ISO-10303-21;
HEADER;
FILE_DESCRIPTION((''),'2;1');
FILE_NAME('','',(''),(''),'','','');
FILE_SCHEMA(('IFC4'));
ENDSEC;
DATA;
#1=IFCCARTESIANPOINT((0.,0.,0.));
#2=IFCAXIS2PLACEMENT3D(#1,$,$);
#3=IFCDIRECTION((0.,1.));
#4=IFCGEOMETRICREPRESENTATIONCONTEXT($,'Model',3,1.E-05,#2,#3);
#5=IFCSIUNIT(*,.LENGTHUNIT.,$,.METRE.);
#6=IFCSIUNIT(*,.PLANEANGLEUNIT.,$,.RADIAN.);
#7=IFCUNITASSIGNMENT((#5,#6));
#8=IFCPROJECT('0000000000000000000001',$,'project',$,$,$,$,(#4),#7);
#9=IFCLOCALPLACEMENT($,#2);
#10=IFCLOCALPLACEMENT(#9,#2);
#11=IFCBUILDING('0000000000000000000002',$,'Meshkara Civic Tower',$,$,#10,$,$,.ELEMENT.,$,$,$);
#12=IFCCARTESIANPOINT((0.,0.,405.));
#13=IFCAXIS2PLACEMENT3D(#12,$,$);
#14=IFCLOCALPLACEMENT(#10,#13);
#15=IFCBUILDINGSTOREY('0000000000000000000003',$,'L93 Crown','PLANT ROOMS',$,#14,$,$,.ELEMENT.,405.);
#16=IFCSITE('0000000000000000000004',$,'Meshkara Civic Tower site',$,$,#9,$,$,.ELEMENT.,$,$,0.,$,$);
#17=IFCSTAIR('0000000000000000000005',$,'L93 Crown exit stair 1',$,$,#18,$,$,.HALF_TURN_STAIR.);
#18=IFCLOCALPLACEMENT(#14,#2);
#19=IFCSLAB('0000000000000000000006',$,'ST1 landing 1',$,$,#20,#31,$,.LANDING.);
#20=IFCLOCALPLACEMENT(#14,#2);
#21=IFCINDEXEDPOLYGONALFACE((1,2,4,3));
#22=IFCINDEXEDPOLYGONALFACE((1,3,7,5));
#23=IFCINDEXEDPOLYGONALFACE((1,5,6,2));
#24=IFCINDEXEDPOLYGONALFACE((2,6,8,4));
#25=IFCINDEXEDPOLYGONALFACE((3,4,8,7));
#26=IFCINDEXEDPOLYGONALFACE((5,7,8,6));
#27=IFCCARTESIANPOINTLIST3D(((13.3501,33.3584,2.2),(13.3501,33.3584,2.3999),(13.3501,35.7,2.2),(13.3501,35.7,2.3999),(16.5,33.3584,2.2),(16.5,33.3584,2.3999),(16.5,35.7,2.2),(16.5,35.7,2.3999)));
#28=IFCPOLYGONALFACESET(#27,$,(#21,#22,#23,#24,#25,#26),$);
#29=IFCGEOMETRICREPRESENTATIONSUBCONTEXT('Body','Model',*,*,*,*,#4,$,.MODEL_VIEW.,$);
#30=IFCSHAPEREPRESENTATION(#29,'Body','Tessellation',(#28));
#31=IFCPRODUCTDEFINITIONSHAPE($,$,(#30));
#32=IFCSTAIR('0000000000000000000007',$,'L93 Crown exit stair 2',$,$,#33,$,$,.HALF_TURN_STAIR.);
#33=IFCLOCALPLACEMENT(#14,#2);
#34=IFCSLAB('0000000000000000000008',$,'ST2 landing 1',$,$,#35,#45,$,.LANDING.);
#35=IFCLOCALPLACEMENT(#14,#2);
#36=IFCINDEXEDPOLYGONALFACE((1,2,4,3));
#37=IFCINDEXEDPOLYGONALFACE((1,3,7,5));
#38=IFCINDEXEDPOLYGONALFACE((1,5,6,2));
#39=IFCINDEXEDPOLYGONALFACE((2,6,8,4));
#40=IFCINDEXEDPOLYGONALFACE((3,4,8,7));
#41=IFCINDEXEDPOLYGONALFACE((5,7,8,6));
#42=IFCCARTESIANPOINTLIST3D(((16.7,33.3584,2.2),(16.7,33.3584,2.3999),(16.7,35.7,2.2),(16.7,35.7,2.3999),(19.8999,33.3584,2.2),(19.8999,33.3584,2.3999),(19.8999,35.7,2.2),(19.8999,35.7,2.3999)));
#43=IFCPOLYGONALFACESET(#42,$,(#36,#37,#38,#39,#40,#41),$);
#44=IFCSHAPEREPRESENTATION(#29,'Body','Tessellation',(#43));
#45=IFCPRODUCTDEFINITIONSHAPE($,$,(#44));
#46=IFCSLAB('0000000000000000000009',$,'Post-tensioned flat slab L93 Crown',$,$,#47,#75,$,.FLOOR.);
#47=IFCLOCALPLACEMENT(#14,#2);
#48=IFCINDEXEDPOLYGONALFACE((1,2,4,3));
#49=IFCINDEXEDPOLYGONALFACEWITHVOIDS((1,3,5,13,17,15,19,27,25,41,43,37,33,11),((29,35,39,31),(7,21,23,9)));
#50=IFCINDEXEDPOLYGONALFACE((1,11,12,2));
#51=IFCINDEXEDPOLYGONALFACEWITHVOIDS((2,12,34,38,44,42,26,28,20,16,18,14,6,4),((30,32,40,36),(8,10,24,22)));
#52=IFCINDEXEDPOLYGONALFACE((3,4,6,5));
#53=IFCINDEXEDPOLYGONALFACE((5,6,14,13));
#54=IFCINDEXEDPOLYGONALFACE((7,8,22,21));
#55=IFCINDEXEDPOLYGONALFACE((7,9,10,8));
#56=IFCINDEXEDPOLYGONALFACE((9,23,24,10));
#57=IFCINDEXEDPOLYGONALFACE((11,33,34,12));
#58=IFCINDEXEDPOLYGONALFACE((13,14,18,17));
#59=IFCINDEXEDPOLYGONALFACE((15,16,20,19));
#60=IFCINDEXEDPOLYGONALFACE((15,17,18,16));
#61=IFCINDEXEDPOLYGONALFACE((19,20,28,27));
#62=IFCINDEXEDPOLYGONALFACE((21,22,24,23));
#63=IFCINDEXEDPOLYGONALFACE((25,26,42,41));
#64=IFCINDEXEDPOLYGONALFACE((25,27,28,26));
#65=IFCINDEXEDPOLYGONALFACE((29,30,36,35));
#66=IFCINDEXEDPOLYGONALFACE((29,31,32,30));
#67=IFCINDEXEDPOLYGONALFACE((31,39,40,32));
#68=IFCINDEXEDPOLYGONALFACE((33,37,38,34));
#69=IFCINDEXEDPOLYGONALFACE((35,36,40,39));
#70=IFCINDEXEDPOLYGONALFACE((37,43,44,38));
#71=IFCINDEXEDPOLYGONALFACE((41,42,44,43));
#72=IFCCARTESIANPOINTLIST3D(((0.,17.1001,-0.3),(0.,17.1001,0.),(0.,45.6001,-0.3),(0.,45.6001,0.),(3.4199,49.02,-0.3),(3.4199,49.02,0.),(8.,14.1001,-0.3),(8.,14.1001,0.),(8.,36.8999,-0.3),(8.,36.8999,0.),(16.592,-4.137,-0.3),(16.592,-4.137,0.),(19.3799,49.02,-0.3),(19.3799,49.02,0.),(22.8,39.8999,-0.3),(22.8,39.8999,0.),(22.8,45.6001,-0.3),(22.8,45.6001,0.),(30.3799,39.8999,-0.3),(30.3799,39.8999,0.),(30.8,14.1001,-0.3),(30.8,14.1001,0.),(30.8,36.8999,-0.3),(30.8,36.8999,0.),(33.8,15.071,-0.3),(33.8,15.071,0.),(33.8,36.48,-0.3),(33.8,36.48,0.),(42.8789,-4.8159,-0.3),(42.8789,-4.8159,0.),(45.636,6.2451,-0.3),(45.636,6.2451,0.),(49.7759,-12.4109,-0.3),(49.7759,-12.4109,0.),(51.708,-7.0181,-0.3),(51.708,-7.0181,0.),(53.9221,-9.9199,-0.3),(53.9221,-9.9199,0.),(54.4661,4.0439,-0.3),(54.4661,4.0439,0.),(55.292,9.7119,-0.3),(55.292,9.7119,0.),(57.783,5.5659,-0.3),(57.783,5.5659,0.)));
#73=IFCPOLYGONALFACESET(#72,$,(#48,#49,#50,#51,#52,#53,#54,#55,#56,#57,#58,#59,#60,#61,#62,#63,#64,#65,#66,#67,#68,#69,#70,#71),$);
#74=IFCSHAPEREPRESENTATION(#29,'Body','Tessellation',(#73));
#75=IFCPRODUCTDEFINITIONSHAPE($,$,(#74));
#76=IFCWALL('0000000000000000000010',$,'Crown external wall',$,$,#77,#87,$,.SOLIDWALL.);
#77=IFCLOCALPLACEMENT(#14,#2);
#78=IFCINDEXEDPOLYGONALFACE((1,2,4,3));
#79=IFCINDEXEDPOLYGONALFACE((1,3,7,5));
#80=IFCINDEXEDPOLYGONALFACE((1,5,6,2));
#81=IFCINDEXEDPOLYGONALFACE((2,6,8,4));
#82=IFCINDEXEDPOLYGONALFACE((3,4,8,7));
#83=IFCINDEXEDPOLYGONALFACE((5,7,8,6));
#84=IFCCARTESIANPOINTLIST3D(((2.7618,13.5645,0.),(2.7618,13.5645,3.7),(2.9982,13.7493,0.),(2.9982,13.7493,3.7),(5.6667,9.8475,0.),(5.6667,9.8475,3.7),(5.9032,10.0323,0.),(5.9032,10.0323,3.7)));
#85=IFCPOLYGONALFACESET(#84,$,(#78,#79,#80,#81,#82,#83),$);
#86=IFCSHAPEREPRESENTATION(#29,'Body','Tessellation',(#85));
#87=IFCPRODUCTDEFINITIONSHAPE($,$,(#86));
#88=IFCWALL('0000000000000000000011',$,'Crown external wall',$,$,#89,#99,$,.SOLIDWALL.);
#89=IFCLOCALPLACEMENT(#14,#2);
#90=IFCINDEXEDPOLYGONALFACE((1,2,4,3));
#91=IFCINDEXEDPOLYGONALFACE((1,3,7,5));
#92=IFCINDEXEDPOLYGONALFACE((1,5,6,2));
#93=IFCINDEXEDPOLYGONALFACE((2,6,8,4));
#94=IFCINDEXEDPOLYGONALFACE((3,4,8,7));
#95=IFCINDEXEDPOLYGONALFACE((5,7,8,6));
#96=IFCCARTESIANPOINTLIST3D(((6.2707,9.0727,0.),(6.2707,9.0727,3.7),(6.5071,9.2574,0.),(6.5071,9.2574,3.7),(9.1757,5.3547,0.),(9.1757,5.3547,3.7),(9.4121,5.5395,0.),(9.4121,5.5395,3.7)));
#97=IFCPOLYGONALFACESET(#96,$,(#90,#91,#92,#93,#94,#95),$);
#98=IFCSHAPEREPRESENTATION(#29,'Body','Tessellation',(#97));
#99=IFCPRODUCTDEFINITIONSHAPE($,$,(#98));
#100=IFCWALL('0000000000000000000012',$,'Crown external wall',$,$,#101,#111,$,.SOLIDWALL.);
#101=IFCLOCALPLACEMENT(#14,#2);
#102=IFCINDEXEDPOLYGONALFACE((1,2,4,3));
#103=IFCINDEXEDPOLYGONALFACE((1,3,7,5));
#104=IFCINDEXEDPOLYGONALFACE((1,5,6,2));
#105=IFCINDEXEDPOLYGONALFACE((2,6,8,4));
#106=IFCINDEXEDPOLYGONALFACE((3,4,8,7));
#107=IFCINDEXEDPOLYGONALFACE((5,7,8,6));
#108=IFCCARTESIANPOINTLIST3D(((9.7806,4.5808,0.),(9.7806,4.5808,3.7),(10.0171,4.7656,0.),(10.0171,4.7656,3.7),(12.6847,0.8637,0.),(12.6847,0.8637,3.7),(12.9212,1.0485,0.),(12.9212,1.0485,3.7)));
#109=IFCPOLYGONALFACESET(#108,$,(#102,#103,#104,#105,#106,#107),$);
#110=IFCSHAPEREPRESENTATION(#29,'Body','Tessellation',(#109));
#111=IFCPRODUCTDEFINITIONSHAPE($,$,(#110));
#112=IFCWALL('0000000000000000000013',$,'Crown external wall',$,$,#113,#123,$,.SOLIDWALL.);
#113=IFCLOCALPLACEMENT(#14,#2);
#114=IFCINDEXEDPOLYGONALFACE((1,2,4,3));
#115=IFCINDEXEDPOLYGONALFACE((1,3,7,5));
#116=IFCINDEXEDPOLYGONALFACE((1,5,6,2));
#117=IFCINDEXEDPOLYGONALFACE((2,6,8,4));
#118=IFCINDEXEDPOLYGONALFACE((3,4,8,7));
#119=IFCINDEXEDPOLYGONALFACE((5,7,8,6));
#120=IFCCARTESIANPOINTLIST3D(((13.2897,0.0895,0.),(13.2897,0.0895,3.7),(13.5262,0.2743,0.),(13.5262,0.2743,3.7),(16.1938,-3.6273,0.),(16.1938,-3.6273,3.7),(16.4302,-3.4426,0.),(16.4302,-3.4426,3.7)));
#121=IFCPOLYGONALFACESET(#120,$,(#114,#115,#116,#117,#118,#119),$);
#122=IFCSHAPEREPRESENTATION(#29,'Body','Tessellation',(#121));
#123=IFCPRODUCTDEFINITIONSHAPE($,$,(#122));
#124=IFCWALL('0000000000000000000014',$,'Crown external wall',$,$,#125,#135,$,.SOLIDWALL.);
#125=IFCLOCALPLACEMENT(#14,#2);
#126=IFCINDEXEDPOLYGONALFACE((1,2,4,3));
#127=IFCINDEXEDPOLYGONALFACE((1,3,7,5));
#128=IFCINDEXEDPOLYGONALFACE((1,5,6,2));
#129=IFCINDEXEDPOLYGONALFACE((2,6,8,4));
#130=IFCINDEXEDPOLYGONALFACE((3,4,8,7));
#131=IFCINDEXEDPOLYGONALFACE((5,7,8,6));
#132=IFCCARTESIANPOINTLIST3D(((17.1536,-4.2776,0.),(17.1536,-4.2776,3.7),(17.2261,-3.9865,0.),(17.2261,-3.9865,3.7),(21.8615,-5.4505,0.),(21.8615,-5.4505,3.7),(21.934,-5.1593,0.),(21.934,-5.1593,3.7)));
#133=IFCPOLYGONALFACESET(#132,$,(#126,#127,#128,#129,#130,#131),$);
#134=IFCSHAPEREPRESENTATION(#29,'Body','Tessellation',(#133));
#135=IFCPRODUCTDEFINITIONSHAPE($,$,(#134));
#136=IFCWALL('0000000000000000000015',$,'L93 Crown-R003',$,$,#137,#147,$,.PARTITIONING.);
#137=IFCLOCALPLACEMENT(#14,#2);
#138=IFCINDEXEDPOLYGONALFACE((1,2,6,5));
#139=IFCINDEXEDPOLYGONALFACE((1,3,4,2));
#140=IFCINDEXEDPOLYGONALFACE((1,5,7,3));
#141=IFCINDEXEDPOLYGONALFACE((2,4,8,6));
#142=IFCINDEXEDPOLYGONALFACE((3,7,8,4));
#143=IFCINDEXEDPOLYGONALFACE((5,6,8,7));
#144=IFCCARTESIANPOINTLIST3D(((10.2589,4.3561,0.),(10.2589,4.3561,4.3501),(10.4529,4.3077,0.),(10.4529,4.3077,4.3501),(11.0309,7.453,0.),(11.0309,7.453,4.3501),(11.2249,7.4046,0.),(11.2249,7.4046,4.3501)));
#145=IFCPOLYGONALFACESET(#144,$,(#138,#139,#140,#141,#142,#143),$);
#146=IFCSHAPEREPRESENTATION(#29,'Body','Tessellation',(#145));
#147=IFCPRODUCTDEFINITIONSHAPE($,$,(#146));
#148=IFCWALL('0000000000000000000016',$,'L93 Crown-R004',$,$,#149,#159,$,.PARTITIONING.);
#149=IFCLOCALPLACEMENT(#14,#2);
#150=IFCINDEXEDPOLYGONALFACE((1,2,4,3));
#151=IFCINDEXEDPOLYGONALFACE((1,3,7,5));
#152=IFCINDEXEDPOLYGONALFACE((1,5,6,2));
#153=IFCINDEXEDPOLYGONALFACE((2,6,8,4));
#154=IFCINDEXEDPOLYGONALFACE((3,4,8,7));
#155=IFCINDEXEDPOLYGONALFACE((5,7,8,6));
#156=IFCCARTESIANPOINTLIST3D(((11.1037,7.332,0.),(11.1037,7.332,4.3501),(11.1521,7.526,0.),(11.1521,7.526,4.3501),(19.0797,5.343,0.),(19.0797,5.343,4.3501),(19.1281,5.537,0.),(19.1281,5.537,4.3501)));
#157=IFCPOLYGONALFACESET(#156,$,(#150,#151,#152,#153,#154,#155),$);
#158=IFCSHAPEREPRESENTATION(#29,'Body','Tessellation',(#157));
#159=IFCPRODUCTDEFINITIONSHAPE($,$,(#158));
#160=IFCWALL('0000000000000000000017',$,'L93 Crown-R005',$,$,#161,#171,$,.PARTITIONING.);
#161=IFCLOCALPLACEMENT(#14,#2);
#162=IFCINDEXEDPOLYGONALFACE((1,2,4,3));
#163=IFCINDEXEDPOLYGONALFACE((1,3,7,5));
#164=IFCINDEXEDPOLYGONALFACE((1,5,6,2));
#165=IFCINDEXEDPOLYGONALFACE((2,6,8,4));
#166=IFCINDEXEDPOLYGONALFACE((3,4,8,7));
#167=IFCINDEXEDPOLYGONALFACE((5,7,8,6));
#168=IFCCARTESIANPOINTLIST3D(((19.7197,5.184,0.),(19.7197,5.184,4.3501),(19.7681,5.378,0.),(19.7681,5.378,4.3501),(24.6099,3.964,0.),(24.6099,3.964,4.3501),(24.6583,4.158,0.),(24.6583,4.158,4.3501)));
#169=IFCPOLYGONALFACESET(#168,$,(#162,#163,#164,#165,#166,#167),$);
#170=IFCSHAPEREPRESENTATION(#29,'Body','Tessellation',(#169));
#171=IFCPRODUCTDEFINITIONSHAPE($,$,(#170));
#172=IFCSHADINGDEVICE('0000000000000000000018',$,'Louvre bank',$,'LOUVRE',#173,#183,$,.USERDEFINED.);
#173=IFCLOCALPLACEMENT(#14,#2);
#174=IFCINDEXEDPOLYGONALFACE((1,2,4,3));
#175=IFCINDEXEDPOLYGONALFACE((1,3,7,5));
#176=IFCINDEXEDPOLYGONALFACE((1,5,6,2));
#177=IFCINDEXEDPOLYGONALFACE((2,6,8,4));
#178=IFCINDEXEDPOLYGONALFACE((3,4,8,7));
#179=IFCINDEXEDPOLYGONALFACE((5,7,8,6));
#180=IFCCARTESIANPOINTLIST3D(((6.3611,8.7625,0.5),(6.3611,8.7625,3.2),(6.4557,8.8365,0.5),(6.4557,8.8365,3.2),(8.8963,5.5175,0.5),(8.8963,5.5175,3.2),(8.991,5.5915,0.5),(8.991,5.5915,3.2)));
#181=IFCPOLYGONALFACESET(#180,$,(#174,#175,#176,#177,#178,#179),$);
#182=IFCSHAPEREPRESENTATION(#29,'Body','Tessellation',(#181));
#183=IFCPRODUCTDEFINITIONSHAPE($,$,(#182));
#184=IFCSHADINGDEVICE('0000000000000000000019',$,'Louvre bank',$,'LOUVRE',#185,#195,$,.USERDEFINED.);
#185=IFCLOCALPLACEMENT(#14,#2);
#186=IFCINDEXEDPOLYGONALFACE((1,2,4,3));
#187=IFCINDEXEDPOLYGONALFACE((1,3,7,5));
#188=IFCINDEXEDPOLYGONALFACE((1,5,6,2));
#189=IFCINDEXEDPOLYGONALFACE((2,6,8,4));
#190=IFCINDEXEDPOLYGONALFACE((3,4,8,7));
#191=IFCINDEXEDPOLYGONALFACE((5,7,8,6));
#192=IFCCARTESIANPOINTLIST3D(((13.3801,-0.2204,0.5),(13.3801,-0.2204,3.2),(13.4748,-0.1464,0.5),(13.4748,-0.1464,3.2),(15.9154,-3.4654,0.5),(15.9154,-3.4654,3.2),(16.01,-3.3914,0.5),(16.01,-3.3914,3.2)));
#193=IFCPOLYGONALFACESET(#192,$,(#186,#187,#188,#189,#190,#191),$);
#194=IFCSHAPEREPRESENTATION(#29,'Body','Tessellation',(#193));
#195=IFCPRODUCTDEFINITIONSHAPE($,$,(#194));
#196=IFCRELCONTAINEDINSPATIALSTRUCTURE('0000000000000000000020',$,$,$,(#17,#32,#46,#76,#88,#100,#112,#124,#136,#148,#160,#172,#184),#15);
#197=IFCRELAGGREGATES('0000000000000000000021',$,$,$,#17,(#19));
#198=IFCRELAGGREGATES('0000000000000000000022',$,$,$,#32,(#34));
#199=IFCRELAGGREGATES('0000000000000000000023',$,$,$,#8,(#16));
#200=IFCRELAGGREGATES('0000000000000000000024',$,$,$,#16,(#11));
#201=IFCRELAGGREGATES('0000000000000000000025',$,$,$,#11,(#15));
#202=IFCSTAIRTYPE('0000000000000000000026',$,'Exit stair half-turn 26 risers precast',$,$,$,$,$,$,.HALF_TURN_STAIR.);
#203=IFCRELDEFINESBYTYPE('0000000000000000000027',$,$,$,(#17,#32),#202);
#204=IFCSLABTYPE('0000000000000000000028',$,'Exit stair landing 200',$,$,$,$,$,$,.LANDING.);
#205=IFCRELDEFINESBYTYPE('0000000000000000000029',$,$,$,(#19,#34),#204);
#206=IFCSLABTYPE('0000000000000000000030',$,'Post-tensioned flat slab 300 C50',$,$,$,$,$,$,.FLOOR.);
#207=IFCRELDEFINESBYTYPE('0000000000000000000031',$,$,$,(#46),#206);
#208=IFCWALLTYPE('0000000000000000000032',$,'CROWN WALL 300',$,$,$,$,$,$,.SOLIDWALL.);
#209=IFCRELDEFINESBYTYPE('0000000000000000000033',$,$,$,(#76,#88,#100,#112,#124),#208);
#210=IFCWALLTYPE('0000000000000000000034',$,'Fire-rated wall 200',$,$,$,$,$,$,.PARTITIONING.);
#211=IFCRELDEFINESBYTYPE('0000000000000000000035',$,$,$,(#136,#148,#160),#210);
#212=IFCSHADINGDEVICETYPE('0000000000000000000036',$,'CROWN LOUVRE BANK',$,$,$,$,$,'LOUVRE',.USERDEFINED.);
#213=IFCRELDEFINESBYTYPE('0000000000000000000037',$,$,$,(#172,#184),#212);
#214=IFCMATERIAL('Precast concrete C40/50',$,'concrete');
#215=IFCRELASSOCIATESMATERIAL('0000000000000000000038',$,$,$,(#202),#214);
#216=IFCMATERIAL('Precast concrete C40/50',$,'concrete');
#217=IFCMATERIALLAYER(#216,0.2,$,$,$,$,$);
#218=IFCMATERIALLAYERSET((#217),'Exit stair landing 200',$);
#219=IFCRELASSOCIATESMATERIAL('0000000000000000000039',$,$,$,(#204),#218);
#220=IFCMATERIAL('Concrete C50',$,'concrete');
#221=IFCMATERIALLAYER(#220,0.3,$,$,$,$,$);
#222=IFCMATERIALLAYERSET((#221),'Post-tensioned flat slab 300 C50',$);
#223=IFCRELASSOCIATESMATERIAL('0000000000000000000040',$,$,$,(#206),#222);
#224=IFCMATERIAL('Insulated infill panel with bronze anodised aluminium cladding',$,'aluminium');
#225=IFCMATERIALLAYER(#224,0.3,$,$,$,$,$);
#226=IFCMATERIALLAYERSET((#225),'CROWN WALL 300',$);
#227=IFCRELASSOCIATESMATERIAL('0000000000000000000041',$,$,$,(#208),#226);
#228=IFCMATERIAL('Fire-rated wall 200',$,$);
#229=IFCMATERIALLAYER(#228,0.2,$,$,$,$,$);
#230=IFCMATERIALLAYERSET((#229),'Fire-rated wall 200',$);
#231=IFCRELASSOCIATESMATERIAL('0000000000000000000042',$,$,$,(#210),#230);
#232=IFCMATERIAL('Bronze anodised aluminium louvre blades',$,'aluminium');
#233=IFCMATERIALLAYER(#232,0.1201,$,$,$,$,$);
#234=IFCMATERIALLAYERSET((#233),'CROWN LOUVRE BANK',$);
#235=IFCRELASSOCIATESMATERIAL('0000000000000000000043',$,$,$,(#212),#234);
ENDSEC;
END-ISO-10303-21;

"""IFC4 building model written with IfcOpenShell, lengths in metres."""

from ifc_helpers import new_model, si_unit, direction, frame, frame_2d, origin, origin_2d, place, context, subcontext, project, spatial, polyline, rectangle, outline, extrude, material, layer, layer_set, type_object, element, aggregate, save


model = new_model("IFC4")

# Units and contexts
model_context = context("Model", 3, precision=1e-05, world=origin(), true_north=direction((0.0, 1.0)))
body_context = subcontext(model_context, "Body", "Model", "MODEL_VIEW")
ifc_project = project(units=[si_unit("LENGTHUNIT", "METRE"), si_unit("PLANEANGLEUNIT", "RADIAN")], contexts=[model_context])

# Site, building, storey
site_placement = place(None, origin())
site = spatial("IfcSite", under=ifc_project, at=site_placement, Name="Meshkara Civic Tower site", CompositionType="ELEMENT", RefElevation=0.0)
building_placement = place(site_placement, origin())
building = spatial("IfcBuilding", under=site, at=building_placement, Name="Meshkara Civic Tower", CompositionType="ELEMENT")
storey_placement = place(building_placement, frame((0.0, 0.0, 405.0)))
storey = spatial("IfcBuildingStorey", under=building, at=storey_placement, Name="L93 Crown", Description="PLANT ROOMS", CompositionType="ELEMENT", Elevation=405.0)

# Stairs, slabs
ifc_material_1 = material(Name="Precast concrete C40/50", Category="concrete")
stair_type = type_object("IfcStairType", Name="Exit stair half-turn 26 risers precast", PredefinedType="HALF_TURN_STAIR", material=ifc_material_1)
stair_1_placement = place(storey_placement, origin())
stair_1 = element("IfcStair", 1, at=stair_1_placement, inside=storey, type_object=stair_type, Name="L93 Crown exit stair 1", PredefinedType="HALF_TURN_STAIR")
ifc_material_2 = material(Name="Precast concrete C40/50", Category="concrete")
ifc_layer_1 = layer(ifc_material_2, 0.2)
ifc_layer_set_1 = layer_set([ifc_layer_1], Name="Exit stair landing 200")
slab_type_1 = type_object("IfcSlabType", Name="Exit stair landing 200", PredefinedType="LANDING", material=ifc_layer_set_1)
slab_1_placement = place(storey_placement, frame((0.0, 0.0, 2.2)))
slab_1 = element("IfcSlab", 2, at=slab_1_placement, type_object=slab_type_1, Name="ST1 landing 1", PredefinedType="LANDING", context=body_context, shape_type="SweptSolid", body=[
    extrude(outline(polyline([(16.5, 33.3584), (16.5, 35.7), (13.3501, 35.7), (13.3501, 33.3584), (16.5, 33.3584)])), origin(), (0.0, 0.0, 1.0), 0.2),
])
aggregate(stair_1, [slab_1])
stair_2_placement = place(storey_placement, origin())
stair_2 = element("IfcStair", 3, at=stair_2_placement, inside=storey, type_object=stair_type, Name="L93 Crown exit stair 2", PredefinedType="HALF_TURN_STAIR")
slab_2_placement = place(storey_placement, frame((0.0, 0.0, 2.2)))
slab_2 = element("IfcSlab", 4, at=slab_2_placement, type_object=slab_type_1, Name="ST2 landing 1", PredefinedType="LANDING", context=body_context, shape_type="SweptSolid", body=[
    extrude(outline(polyline([(19.8999, 33.3584), (19.8999, 35.7), (16.7, 35.7), (16.7, 33.3584), (19.8999, 33.3584)])), origin(), (0.0, 0.0, 1.0), 0.2),
])
aggregate(stair_2, [slab_2])

# Slab
ifc_material_3 = material(Name="Concrete C50", Category="concrete")
ifc_layer_2 = layer(ifc_material_3, 0.3)
ifc_layer_set_2 = layer_set([ifc_layer_2], Name="Post-tensioned flat slab 300 C50")
slab_type_2 = type_object("IfcSlabType", Name="Post-tensioned flat slab 300 C50", PredefinedType="FLOOR", material=ifc_layer_set_2)
slab_3_placement = place(storey_placement, frame((0.0, 0.0, -0.3)))
element("IfcSlab", 5, at=slab_3_placement, inside=storey, type_object=slab_type_2, Name="Post-tensioned flat slab L93 Crown", PredefinedType="FLOOR", context=body_context, shape_type="SweptSolid", body=[
    extrude(outline(polyline([(53.9221, -9.9199), (49.7759, -12.4109), (16.592, -4.137), (0.0, 17.1001), (0.0, 45.6001), (3.4199, 49.02), (19.3799, 49.02), (22.8, 45.6001), (22.8, 39.8999), (30.3799, 39.8999), (33.8, 36.48), (33.8, 15.071), (55.292, 9.7119), (57.783, 5.5659), (53.9221, -9.9199)]), holes=[polyline([(51.708, -7.0181), (54.4661, 4.0439), (45.636, 6.2451), (42.8789, -4.8159), (51.708, -7.0181)]), polyline([(30.8, 36.8999), (8.0, 36.8999), (8.0, 14.1001), (30.8, 14.1001), (30.8, 36.8999)])]), origin(), (0.0, 0.0, 1.0), 0.3),
])

# Walls
ifc_material_4 = material(Name="Insulated infill panel with bronze anodised aluminium cladding", Category="aluminium")
ifc_layer_3 = layer(ifc_material_4, 0.3)
ifc_layer_set_3 = layer_set([ifc_layer_3], Name="CROWN WALL 300")
wall_type_1 = type_object("IfcWallType", Name="CROWN WALL 300", PredefinedType="SOLIDWALL", material=ifc_layer_set_3)
wall_1_placement = place(storey_placement, frame((2.8799, 13.657, 0.0), z_axis=(0.0, 0.0, 1.0), x_axis=(0.615788, -0.787912, 0.0)))
element("IfcWall", 6, at=wall_1_placement, inside=storey, type_object=wall_type_1, Name="Crown external wall", PredefinedType="SOLIDWALL", context=body_context, shape_type="SweptSolid", body=[
    extrude(rectangle(XDim=4.7175, YDim=0.3, at=frame_2d((2.3589, 0.0))), origin(), (0.0, 0.0, 1.0), 3.7),
])
wall_2_placement = place(storey_placement, frame((6.3889, 9.165, 0.0), z_axis=(0.0, 0.0, 1.0), x_axis=(0.615687, -0.787991, 0.0)))
element("IfcWall", 7, at=wall_2_placement, inside=storey, type_object=wall_type_1, Name="Crown external wall", PredefinedType="SOLIDWALL", context=body_context, shape_type="SweptSolid", body=[
    extrude(rectangle(XDim=4.7183, YDim=0.3, at=frame_2d((2.3591, 0.0))), origin(), (0.0, 0.0, 1.0), 3.7),
])
wall_3_placement = place(storey_placement, frame((9.8989, 4.6731, 0.0), z_axis=(0.0, 0.0, 1.0), x_axis=(0.615659, -0.788013, 0.0)))
element("IfcWall", 8, at=wall_3_placement, inside=storey, type_object=wall_type_1, Name="Crown external wall", PredefinedType="SOLIDWALL", context=body_context, shape_type="SweptSolid", body=[
    extrude(rectangle(XDim=4.717, YDim=0.3, at=frame_2d((2.3584, 0.0))), origin(), (0.0, 0.0, 1.0), 3.7),
])
wall_4_placement = place(storey_placement, frame((13.408, 0.1819, 0.0), z_axis=(0.0, 0.0, 1.0), x_axis=(0.615684, -0.787993, 0.0)))
element("IfcWall", 9, at=wall_4_placement, inside=storey, type_object=wall_type_1, Name="Crown external wall", PredefinedType="SOLIDWALL", context=body_context, shape_type="SweptSolid", body=[
    extrude(rectangle(XDim=4.7168, YDim=0.3, at=frame_2d((2.3584, 0.0))), origin(), (0.0, 0.0, 1.0), 3.7),
])
wall_5_placement = place(storey_placement, frame((17.1899, -4.1321, 0.0), z_axis=(0.0, 0.0, 1.0), x_axis=(0.970343, -0.24173, 0.0)))
element("IfcWall", 10, at=wall_5_placement, inside=storey, type_object=wall_type_1, Name="Crown external wall", PredefinedType="SOLIDWALL", context=body_context, shape_type="SweptSolid", body=[
    extrude(rectangle(XDim=4.8518, YDim=0.3, at=frame_2d((2.4258, 0.0))), origin(), (0.0, 0.0, 1.0), 3.7),
])
ifc_material_5 = material(Name="Fire-rated wall 200")
ifc_layer_4 = layer(ifc_material_5, 0.2)
ifc_layer_set_4 = layer_set([ifc_layer_4], Name="Fire-rated wall 200")
wall_type_2 = type_object("IfcWallType", Name="Fire-rated wall 200", PredefinedType="PARTITIONING", material=ifc_layer_set_4)
wall_6_placement = place(storey_placement, frame((10.356, 4.332, 0.0), z_axis=(0.0, 0.0, 1.0), x_axis=(0.24187, 0.970309, 0.0)))
element("IfcWall", 11, at=wall_6_placement, inside=storey, type_object=wall_type_2, Name="L93 Crown-R003", PredefinedType="PARTITIONING", context=body_context, shape_type="SweptSolid", body=[
    extrude(rectangle(XDim=3.1917, YDim=0.2, at=frame_2d((1.5957, 0.0))), origin(), (0.0, 0.0, 1.0), 4.3501),
])
wall_7_placement = place(storey_placement, frame((11.1279, 7.429, 0.0), z_axis=(0.0, 0.0, 1.0), x_axis=(0.970286, -0.241963, 0.0)))
element("IfcWall", 12, at=wall_7_placement, inside=storey, type_object=wall_type_2, Name="L93 Crown-R004", PredefinedType="PARTITIONING", context=body_context, shape_type="SweptSolid", body=[
    extrude(rectangle(XDim=8.2202, YDim=0.2, at=frame_2d((4.1101, 0.0))), origin(), (0.0, 0.0, 1.0), 4.3501),
])
wall_8_placement = place(storey_placement, frame((19.7439, 5.281, 0.0), z_axis=(0.0, 0.0, 1.0), x_axis=(0.970262, -0.242057, 0.0)))
element("IfcWall", 13, at=wall_8_placement, inside=storey, type_object=wall_type_2, Name="L93 Crown-R005", PredefinedType="PARTITIONING", context=body_context, shape_type="SweptSolid", body=[
    extrude(rectangle(XDim=5.04, YDim=0.2, at=frame_2d((2.52, 0.0))), origin(), (0.0, 0.0, 1.0), 4.3501),
])

# Shading devices
ifc_material_6 = material(Name="Bronze anodised aluminium louvre blades", Category="aluminium")
ifc_layer_5 = layer(ifc_material_6, 0.1201)
ifc_layer_set_5 = layer_set([ifc_layer_5], Name="CROWN LOUVRE BANK")
shading_device_type = type_object("IfcShadingDeviceType", Name="CROWN LOUVRE BANK", ElementType="LOUVRE", PredefinedType="USERDEFINED", material=ifc_layer_set_5)
for number, where, z_axis, x_axis, name in (
    (14, (7.676, 7.177, 0.5), (0.0, 0.0, 1.0), (0.615661, -0.788011, 0.0), "Louvre bank"),
    (15, (14.6951, -1.8059, 0.5), (0.0, 0.0, 1.0), (0.615661, -0.788011, 0.0), "Louvre bank"),
):
    element("IfcShadingDevice", number, at=place(storey_placement, frame(where, z_axis=z_axis, x_axis=x_axis)), inside=storey, type_object=shading_device_type, Name=name, ObjectType="LOUVRE", PredefinedType="USERDEFINED", context=body_context, shape_type="SweptSolid", body=[
        extrude(rectangle(XDim=4.1179, YDim=0.1201, at=origin_2d()), origin(), (0.0, 0.0, 1.0), 2.7),
    ])

save(model, "model.ifc")
